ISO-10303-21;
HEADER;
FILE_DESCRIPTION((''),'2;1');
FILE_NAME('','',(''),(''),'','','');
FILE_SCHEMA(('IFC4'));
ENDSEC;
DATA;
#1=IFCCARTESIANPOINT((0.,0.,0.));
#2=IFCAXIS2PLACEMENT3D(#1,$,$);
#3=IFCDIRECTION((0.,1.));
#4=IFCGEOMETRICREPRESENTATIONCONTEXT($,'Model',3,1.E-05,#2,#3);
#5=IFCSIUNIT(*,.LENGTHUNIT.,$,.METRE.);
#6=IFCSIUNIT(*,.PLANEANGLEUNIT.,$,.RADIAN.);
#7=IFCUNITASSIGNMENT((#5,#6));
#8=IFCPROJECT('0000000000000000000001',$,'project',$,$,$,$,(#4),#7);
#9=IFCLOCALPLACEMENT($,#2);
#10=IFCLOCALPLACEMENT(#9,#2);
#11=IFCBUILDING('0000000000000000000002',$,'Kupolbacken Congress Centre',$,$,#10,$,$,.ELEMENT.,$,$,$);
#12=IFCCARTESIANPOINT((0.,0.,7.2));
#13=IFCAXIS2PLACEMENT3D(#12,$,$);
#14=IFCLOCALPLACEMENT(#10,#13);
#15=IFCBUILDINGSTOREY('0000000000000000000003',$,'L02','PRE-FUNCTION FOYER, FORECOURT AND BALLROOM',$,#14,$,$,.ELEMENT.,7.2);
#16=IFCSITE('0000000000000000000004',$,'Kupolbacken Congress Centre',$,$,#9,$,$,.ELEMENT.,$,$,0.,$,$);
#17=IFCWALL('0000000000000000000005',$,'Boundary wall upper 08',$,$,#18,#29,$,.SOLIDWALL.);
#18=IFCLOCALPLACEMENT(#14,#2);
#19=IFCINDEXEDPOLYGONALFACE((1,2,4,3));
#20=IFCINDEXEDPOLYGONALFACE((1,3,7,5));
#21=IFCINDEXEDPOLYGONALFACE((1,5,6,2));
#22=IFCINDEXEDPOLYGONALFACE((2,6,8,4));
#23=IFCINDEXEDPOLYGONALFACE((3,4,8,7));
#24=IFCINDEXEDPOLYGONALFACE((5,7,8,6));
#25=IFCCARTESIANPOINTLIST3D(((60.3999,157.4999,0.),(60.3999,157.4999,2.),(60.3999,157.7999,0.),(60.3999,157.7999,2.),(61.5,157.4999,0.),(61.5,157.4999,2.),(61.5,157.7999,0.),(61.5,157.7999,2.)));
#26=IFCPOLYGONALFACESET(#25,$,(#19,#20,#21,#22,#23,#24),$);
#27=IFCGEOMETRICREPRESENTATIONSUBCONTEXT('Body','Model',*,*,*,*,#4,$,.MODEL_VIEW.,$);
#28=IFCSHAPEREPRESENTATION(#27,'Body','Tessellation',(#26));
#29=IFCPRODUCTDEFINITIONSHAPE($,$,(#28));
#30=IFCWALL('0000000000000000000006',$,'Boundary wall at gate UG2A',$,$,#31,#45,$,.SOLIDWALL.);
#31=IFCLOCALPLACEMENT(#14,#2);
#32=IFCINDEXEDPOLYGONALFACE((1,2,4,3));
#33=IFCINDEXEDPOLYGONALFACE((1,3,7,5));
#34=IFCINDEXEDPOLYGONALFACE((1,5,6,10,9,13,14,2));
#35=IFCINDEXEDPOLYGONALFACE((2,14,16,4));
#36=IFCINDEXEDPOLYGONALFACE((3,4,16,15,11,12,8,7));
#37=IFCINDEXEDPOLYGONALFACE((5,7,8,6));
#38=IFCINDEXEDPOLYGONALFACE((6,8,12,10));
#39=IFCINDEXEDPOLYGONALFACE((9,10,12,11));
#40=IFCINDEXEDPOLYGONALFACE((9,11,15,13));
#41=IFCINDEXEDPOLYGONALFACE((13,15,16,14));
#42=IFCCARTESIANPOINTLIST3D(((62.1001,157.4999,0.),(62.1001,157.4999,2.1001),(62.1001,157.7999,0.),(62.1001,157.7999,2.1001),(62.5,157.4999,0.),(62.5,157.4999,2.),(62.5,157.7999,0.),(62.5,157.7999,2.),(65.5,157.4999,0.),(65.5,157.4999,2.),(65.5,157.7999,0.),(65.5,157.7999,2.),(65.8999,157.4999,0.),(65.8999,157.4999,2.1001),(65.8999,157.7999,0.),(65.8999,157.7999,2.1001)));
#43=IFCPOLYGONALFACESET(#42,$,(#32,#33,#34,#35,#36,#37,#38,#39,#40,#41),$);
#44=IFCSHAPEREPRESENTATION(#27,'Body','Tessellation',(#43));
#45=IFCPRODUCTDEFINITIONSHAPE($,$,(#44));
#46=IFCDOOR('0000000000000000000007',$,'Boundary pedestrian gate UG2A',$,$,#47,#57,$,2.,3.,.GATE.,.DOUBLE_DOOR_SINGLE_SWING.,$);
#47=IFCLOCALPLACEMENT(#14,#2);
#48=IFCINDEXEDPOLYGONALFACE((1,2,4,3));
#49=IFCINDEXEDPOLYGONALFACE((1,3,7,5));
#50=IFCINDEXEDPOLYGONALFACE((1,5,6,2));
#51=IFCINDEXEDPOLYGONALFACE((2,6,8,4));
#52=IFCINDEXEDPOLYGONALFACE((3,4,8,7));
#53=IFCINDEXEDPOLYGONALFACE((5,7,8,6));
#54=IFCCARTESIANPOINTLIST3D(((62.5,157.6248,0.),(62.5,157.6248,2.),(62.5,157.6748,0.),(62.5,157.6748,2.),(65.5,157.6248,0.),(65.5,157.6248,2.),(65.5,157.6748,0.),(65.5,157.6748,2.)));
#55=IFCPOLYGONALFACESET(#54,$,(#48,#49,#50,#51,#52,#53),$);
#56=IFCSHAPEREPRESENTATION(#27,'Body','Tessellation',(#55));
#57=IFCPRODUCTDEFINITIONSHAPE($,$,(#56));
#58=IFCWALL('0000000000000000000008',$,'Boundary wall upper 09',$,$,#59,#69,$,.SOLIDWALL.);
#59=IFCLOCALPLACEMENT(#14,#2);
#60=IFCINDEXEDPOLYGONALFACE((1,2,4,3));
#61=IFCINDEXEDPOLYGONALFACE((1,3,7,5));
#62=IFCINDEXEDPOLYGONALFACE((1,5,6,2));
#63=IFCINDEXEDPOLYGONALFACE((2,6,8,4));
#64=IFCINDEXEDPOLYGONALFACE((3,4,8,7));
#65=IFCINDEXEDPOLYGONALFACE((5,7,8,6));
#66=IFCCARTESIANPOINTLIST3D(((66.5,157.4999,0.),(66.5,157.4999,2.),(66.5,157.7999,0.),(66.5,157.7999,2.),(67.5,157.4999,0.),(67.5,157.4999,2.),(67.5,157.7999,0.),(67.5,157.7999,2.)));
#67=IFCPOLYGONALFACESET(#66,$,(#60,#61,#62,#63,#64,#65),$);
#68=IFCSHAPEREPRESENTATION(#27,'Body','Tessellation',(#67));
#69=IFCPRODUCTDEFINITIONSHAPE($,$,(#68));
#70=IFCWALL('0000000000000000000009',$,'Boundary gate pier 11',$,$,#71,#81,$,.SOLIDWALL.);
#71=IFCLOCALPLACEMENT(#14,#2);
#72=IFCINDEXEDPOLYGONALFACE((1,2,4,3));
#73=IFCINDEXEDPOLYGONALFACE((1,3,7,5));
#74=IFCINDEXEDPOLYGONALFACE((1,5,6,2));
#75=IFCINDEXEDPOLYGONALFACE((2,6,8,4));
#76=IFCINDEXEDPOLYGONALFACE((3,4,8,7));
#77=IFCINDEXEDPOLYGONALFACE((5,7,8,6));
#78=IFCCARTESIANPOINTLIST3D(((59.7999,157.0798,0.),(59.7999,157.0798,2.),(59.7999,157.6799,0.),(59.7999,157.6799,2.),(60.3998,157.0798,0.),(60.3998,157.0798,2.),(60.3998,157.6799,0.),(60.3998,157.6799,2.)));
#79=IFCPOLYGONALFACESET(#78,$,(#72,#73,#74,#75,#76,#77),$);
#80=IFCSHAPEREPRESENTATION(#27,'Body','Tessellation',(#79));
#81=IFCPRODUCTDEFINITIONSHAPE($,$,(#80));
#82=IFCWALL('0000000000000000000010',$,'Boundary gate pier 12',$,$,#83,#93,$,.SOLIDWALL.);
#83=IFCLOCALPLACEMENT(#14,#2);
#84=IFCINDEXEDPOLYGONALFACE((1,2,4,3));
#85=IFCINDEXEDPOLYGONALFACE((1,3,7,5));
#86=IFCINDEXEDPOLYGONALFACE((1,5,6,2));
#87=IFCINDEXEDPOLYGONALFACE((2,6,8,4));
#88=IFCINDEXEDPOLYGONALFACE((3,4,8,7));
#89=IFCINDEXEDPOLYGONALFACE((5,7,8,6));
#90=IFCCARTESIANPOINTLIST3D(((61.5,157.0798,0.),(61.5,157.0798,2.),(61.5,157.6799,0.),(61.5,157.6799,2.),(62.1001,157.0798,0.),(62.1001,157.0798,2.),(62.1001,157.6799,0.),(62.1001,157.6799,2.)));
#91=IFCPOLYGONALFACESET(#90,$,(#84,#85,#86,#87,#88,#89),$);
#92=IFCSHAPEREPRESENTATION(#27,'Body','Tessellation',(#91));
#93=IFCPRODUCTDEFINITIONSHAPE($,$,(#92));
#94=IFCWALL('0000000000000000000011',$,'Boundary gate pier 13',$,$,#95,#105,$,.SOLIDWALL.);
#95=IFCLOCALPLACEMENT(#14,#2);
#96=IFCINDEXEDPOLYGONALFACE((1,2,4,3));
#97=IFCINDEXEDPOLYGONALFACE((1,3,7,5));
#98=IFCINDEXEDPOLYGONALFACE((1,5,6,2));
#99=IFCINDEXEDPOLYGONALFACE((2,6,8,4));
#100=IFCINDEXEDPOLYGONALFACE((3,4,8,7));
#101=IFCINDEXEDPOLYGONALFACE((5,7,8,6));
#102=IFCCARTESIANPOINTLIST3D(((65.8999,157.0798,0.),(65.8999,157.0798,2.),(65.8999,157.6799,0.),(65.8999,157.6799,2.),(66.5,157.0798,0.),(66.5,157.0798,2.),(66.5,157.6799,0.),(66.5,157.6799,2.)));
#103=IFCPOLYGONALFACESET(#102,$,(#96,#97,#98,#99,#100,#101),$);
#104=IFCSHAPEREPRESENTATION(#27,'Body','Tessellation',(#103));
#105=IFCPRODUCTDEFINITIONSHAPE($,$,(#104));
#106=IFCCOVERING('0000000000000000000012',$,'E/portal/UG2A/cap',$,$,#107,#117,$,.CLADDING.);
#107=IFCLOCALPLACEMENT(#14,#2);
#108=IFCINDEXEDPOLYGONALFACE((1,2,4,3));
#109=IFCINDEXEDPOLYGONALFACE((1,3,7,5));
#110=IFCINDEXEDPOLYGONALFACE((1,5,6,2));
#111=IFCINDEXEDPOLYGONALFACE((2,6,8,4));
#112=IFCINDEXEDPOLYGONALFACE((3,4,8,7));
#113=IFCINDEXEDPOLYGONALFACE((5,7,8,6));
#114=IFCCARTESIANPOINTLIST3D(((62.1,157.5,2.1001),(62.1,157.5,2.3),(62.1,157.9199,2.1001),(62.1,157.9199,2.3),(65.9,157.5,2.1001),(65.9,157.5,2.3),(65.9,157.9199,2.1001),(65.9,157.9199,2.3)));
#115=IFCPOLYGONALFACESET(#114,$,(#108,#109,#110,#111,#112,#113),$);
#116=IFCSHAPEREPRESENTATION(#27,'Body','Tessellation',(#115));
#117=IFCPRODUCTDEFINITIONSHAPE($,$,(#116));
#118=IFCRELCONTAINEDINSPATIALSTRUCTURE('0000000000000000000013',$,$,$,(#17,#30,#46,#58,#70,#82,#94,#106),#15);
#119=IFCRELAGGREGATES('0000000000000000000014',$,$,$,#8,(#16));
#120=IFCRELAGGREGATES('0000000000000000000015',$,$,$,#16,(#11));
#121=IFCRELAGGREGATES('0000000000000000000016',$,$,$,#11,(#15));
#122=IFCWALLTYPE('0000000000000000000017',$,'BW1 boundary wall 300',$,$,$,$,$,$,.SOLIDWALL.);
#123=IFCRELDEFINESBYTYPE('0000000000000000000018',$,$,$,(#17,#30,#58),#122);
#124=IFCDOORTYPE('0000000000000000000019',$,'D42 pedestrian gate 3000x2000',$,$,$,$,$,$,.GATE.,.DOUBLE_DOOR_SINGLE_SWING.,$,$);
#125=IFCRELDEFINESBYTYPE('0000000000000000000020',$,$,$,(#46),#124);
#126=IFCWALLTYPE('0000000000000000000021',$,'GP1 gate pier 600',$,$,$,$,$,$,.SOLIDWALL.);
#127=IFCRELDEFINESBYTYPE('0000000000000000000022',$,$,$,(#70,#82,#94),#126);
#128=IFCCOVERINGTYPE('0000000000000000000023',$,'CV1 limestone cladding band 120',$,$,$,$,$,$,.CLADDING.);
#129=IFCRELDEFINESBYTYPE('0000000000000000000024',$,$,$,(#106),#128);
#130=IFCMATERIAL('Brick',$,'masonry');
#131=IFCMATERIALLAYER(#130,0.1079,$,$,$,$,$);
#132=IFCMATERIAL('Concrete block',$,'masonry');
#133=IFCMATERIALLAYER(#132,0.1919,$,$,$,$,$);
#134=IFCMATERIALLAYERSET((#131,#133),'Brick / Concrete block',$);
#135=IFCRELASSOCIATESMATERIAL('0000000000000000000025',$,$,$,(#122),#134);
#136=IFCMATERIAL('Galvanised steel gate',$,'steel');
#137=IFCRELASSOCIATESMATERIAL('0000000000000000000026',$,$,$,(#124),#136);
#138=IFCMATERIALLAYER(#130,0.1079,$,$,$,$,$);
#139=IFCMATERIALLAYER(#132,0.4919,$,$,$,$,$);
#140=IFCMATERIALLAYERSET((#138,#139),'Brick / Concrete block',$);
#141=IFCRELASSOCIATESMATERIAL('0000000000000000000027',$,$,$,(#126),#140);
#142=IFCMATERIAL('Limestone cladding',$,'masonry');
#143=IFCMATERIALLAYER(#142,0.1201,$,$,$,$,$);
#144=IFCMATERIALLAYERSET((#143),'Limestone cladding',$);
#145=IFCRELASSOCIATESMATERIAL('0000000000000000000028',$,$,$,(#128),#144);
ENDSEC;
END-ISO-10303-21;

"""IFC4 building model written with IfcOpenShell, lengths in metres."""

from ifc_helpers import new_model, si_unit, direction, frame, frame_2d, origin, origin_2d, place, context, subcontext, project, spatial, rectangle, extrude, material, layer, layer_set, type_object, element, fill, save


model = new_model("IFC4")

# Units and contexts
model_context = context("Model", 3, precision=1e-05, world=origin(), true_north=direction((0.0, 1.0)))
body_context = subcontext(model_context, "Body", "Model", "MODEL_VIEW")
ifc_project = project(units=[si_unit("LENGTHUNIT", "METRE"), si_unit("PLANEANGLEUNIT", "RADIAN")], contexts=[model_context])

# Site, building, storey
site_placement = place(None, origin())
site = spatial("IfcSite", under=ifc_project, at=site_placement, Name="Kupolbacken Congress Centre", CompositionType="ELEMENT", RefElevation=0.0)
building_placement = place(site_placement, origin())
building = spatial("IfcBuilding", under=site, at=building_placement, Name="Kupolbacken Congress Centre", CompositionType="ELEMENT")
storey_placement = place(building_placement, frame((0.0, 0.0, 7.2)))
storey = spatial("IfcBuildingStorey", under=building, at=storey_placement, Name="L02", Description="PRE-FUNCTION FOYER, FORECOURT AND BALLROOM", CompositionType="ELEMENT", Elevation=7.2)

# Wall
ifc_material_1 = material(Name="Brick", Category="masonry")
ifc_layer_1 = layer(ifc_material_1, 0.1079)
ifc_material_2 = material(Name="Concrete block", Category="masonry")
ifc_layer_2 = layer(ifc_material_2, 0.1919)
ifc_layer_set_1 = layer_set([ifc_layer_1, ifc_layer_2], Name="Brick / Concrete block")
wall_type_1 = type_object("IfcWallType", Name="BW1 boundary wall 300", PredefinedType="SOLIDWALL", material=ifc_layer_set_1)
wall_1_placement = place(storey_placement, frame((60.3999, 157.6499, 0.0), z_axis=(0.0, 0.0, 1.0), x_axis=(1.0, 0.0, 0.0)))
element("IfcWall", 1, at=wall_1_placement, inside=storey, type_object=wall_type_1, Name="Boundary wall upper 08", PredefinedType="SOLIDWALL", context=body_context, shape_type="SweptSolid", body=[
    extrude(rectangle(XDim=1.1001, YDim=0.3, at=frame_2d((0.55, 0.0))), origin(), (0.0, 0.0, 1.0), 2.0),
])

# Wall, opening, door
wall_2_placement = place(storey_placement, frame((62.1001, 157.6499, 0.0), z_axis=(0.0, 0.0, 1.0), x_axis=(1.0, 0.0, 0.0)))
wall_2 = element("IfcWall", 2, at=wall_2_placement, inside=storey, type_object=wall_type_1, Name="Boundary wall at gate UG2A", PredefinedType="SOLIDWALL", context=body_context, shape_type="SweptSolid", body=[
    extrude(rectangle(XDim=3.7998, YDim=0.3, at=frame_2d((1.8999, 0.0))), origin(), (0.0, 0.0, 1.0), 2.1001),
])
opening_placement = place(wall_2_placement, frame((0.3999, 0.0, 0.0)))
opening = element("IfcOpeningElement", 3, at=opening_placement, cuts=wall_2, PredefinedType="OPENING", context=body_context, shape_type="SweptSolid", body=[
    extrude(rectangle(XDim=3.0, YDim=2.0, at=frame_2d((1.5, 1.0))), frame((0.0, 0.1599, 0.0), z_axis=(0.0, -1.0, 0.0), x_axis=(1.0, 0.0, 0.0)), (0.0, 0.0, 1.0), 0.3201),
])
ifc_material_3 = material(Name="Galvanised steel gate", Category="steel")
door_type = type_object("IfcDoorType", Name="D42 pedestrian gate 3000x2000", OperationType="DOUBLE_DOOR_SINGLE_SWING", PredefinedType="GATE", material=ifc_material_3)
door_placement = place(opening_placement, origin())
door = element("IfcDoor", 4, at=door_placement, inside=storey, type_object=door_type, Name="Boundary pedestrian gate UG2A", OperationType="DOUBLE_DOOR_SINGLE_SWING", OverallHeight=2.0, OverallWidth=3.0, PredefinedType="GATE", context=body_context, shape_type="SweptSolid", body=[
    extrude(rectangle(XDim=3.0, YDim=2.0, at=frame_2d((1.5, 1.0))), frame((0.0, 0.0249, 0.0), z_axis=(0.0, -1.0, 0.0), x_axis=(1.0, 0.0, 0.0)), (0.0, 0.0, 1.0), 0.05),
])
fill(opening, door)

# Walls
wall_3_placement = place(storey_placement, frame((66.5, 157.6499, 0.0), z_axis=(0.0, 0.0, 1.0), x_axis=(1.0, 0.0, 0.0)))
element("IfcWall", 5, at=wall_3_placement, inside=storey, type_object=wall_type_1, Name="Boundary wall upper 09", PredefinedType="SOLIDWALL", context=body_context, shape_type="SweptSolid", body=[
    extrude(rectangle(XDim=1.0, YDim=0.3, at=frame_2d((0.5, 0.0))), origin(), (0.0, 0.0, 1.0), 2.0),
])
ifc_layer_3 = layer(ifc_material_1, 0.1079)
ifc_layer_4 = layer(ifc_material_2, 0.4919)
ifc_layer_set_2 = layer_set([ifc_layer_3, ifc_layer_4], Name="Brick / Concrete block")
wall_type_2 = type_object("IfcWallType", Name="GP1 gate pier 600", PredefinedType="SOLIDWALL", material=ifc_layer_set_2)
wall_4_placement = place(storey_placement, frame((59.8, 157.3799, 0.0), z_axis=(0.0, 0.0, 1.0), x_axis=(1.0, 0.0, 0.0)))
element("IfcWall", 6, at=wall_4_placement, inside=storey, type_object=wall_type_2, Name="Boundary gate pier 11", PredefinedType="SOLIDWALL", context=body_context, shape_type="SweptSolid", body=[
    extrude(rectangle(XDim=0.5999, YDim=0.6001, at=frame_2d((0.2998, 0.0))), origin(), (0.0, 0.0, 1.0), 2.0),
])
for number, where, z_axis, x_axis, name in (
    (7, (62.1001, 157.3799, 0.0), (0.0, 0.0, 1.0), (-1.0, 0.0, 0.0), "Boundary gate pier 12"),
    (8, (65.8999, 157.3799, 0.0), (0.0, 0.0, 1.0), (1.0, 0.0, 0.0), "Boundary gate pier 13"),
):
    element("IfcWall", number, at=place(storey_placement, frame(where, z_axis=z_axis, x_axis=x_axis)), inside=storey, type_object=wall_type_2, Name=name, PredefinedType="SOLIDWALL", context=body_context, shape_type="SweptSolid", body=[
        extrude(rectangle(XDim=0.6001, YDim=0.6001, at=frame_2d((0.3, 0.0))), origin(), (0.0, 0.0, 1.0), 2.0),
    ])

# Covering
ifc_material_4 = material(Name="Limestone cladding", Category="masonry")
ifc_layer_5 = layer(ifc_material_4, 0.1201)
ifc_layer_set_3 = layer_set([ifc_layer_5], Name="Limestone cladding")
covering_type_1 = type_object("IfcCoveringType", Name="CV1 limestone cladding band 120", PredefinedType="CLADDING", material=ifc_layer_set_3)
covering_1_placement = place(storey_placement, frame((64.0, 157.71, 2.1001), z_axis=(0.0, 0.0, 1.0), x_axis=(1.0, 0.0, 0.0)))
element("IfcCovering", 9, at=covering_1_placement, inside=storey, type_object=covering_type_1, Name="E/portal/UG2A/cap", PredefinedType="CLADDING", context=body_context, shape_type="SweptSolid", body=[
    extrude(rectangle(XDim=3.8, YDim=0.4199, at=origin_2d()), origin(), (0.0, 0.0, 1.0), 0.2),
])

save(model, "model.ifc")
